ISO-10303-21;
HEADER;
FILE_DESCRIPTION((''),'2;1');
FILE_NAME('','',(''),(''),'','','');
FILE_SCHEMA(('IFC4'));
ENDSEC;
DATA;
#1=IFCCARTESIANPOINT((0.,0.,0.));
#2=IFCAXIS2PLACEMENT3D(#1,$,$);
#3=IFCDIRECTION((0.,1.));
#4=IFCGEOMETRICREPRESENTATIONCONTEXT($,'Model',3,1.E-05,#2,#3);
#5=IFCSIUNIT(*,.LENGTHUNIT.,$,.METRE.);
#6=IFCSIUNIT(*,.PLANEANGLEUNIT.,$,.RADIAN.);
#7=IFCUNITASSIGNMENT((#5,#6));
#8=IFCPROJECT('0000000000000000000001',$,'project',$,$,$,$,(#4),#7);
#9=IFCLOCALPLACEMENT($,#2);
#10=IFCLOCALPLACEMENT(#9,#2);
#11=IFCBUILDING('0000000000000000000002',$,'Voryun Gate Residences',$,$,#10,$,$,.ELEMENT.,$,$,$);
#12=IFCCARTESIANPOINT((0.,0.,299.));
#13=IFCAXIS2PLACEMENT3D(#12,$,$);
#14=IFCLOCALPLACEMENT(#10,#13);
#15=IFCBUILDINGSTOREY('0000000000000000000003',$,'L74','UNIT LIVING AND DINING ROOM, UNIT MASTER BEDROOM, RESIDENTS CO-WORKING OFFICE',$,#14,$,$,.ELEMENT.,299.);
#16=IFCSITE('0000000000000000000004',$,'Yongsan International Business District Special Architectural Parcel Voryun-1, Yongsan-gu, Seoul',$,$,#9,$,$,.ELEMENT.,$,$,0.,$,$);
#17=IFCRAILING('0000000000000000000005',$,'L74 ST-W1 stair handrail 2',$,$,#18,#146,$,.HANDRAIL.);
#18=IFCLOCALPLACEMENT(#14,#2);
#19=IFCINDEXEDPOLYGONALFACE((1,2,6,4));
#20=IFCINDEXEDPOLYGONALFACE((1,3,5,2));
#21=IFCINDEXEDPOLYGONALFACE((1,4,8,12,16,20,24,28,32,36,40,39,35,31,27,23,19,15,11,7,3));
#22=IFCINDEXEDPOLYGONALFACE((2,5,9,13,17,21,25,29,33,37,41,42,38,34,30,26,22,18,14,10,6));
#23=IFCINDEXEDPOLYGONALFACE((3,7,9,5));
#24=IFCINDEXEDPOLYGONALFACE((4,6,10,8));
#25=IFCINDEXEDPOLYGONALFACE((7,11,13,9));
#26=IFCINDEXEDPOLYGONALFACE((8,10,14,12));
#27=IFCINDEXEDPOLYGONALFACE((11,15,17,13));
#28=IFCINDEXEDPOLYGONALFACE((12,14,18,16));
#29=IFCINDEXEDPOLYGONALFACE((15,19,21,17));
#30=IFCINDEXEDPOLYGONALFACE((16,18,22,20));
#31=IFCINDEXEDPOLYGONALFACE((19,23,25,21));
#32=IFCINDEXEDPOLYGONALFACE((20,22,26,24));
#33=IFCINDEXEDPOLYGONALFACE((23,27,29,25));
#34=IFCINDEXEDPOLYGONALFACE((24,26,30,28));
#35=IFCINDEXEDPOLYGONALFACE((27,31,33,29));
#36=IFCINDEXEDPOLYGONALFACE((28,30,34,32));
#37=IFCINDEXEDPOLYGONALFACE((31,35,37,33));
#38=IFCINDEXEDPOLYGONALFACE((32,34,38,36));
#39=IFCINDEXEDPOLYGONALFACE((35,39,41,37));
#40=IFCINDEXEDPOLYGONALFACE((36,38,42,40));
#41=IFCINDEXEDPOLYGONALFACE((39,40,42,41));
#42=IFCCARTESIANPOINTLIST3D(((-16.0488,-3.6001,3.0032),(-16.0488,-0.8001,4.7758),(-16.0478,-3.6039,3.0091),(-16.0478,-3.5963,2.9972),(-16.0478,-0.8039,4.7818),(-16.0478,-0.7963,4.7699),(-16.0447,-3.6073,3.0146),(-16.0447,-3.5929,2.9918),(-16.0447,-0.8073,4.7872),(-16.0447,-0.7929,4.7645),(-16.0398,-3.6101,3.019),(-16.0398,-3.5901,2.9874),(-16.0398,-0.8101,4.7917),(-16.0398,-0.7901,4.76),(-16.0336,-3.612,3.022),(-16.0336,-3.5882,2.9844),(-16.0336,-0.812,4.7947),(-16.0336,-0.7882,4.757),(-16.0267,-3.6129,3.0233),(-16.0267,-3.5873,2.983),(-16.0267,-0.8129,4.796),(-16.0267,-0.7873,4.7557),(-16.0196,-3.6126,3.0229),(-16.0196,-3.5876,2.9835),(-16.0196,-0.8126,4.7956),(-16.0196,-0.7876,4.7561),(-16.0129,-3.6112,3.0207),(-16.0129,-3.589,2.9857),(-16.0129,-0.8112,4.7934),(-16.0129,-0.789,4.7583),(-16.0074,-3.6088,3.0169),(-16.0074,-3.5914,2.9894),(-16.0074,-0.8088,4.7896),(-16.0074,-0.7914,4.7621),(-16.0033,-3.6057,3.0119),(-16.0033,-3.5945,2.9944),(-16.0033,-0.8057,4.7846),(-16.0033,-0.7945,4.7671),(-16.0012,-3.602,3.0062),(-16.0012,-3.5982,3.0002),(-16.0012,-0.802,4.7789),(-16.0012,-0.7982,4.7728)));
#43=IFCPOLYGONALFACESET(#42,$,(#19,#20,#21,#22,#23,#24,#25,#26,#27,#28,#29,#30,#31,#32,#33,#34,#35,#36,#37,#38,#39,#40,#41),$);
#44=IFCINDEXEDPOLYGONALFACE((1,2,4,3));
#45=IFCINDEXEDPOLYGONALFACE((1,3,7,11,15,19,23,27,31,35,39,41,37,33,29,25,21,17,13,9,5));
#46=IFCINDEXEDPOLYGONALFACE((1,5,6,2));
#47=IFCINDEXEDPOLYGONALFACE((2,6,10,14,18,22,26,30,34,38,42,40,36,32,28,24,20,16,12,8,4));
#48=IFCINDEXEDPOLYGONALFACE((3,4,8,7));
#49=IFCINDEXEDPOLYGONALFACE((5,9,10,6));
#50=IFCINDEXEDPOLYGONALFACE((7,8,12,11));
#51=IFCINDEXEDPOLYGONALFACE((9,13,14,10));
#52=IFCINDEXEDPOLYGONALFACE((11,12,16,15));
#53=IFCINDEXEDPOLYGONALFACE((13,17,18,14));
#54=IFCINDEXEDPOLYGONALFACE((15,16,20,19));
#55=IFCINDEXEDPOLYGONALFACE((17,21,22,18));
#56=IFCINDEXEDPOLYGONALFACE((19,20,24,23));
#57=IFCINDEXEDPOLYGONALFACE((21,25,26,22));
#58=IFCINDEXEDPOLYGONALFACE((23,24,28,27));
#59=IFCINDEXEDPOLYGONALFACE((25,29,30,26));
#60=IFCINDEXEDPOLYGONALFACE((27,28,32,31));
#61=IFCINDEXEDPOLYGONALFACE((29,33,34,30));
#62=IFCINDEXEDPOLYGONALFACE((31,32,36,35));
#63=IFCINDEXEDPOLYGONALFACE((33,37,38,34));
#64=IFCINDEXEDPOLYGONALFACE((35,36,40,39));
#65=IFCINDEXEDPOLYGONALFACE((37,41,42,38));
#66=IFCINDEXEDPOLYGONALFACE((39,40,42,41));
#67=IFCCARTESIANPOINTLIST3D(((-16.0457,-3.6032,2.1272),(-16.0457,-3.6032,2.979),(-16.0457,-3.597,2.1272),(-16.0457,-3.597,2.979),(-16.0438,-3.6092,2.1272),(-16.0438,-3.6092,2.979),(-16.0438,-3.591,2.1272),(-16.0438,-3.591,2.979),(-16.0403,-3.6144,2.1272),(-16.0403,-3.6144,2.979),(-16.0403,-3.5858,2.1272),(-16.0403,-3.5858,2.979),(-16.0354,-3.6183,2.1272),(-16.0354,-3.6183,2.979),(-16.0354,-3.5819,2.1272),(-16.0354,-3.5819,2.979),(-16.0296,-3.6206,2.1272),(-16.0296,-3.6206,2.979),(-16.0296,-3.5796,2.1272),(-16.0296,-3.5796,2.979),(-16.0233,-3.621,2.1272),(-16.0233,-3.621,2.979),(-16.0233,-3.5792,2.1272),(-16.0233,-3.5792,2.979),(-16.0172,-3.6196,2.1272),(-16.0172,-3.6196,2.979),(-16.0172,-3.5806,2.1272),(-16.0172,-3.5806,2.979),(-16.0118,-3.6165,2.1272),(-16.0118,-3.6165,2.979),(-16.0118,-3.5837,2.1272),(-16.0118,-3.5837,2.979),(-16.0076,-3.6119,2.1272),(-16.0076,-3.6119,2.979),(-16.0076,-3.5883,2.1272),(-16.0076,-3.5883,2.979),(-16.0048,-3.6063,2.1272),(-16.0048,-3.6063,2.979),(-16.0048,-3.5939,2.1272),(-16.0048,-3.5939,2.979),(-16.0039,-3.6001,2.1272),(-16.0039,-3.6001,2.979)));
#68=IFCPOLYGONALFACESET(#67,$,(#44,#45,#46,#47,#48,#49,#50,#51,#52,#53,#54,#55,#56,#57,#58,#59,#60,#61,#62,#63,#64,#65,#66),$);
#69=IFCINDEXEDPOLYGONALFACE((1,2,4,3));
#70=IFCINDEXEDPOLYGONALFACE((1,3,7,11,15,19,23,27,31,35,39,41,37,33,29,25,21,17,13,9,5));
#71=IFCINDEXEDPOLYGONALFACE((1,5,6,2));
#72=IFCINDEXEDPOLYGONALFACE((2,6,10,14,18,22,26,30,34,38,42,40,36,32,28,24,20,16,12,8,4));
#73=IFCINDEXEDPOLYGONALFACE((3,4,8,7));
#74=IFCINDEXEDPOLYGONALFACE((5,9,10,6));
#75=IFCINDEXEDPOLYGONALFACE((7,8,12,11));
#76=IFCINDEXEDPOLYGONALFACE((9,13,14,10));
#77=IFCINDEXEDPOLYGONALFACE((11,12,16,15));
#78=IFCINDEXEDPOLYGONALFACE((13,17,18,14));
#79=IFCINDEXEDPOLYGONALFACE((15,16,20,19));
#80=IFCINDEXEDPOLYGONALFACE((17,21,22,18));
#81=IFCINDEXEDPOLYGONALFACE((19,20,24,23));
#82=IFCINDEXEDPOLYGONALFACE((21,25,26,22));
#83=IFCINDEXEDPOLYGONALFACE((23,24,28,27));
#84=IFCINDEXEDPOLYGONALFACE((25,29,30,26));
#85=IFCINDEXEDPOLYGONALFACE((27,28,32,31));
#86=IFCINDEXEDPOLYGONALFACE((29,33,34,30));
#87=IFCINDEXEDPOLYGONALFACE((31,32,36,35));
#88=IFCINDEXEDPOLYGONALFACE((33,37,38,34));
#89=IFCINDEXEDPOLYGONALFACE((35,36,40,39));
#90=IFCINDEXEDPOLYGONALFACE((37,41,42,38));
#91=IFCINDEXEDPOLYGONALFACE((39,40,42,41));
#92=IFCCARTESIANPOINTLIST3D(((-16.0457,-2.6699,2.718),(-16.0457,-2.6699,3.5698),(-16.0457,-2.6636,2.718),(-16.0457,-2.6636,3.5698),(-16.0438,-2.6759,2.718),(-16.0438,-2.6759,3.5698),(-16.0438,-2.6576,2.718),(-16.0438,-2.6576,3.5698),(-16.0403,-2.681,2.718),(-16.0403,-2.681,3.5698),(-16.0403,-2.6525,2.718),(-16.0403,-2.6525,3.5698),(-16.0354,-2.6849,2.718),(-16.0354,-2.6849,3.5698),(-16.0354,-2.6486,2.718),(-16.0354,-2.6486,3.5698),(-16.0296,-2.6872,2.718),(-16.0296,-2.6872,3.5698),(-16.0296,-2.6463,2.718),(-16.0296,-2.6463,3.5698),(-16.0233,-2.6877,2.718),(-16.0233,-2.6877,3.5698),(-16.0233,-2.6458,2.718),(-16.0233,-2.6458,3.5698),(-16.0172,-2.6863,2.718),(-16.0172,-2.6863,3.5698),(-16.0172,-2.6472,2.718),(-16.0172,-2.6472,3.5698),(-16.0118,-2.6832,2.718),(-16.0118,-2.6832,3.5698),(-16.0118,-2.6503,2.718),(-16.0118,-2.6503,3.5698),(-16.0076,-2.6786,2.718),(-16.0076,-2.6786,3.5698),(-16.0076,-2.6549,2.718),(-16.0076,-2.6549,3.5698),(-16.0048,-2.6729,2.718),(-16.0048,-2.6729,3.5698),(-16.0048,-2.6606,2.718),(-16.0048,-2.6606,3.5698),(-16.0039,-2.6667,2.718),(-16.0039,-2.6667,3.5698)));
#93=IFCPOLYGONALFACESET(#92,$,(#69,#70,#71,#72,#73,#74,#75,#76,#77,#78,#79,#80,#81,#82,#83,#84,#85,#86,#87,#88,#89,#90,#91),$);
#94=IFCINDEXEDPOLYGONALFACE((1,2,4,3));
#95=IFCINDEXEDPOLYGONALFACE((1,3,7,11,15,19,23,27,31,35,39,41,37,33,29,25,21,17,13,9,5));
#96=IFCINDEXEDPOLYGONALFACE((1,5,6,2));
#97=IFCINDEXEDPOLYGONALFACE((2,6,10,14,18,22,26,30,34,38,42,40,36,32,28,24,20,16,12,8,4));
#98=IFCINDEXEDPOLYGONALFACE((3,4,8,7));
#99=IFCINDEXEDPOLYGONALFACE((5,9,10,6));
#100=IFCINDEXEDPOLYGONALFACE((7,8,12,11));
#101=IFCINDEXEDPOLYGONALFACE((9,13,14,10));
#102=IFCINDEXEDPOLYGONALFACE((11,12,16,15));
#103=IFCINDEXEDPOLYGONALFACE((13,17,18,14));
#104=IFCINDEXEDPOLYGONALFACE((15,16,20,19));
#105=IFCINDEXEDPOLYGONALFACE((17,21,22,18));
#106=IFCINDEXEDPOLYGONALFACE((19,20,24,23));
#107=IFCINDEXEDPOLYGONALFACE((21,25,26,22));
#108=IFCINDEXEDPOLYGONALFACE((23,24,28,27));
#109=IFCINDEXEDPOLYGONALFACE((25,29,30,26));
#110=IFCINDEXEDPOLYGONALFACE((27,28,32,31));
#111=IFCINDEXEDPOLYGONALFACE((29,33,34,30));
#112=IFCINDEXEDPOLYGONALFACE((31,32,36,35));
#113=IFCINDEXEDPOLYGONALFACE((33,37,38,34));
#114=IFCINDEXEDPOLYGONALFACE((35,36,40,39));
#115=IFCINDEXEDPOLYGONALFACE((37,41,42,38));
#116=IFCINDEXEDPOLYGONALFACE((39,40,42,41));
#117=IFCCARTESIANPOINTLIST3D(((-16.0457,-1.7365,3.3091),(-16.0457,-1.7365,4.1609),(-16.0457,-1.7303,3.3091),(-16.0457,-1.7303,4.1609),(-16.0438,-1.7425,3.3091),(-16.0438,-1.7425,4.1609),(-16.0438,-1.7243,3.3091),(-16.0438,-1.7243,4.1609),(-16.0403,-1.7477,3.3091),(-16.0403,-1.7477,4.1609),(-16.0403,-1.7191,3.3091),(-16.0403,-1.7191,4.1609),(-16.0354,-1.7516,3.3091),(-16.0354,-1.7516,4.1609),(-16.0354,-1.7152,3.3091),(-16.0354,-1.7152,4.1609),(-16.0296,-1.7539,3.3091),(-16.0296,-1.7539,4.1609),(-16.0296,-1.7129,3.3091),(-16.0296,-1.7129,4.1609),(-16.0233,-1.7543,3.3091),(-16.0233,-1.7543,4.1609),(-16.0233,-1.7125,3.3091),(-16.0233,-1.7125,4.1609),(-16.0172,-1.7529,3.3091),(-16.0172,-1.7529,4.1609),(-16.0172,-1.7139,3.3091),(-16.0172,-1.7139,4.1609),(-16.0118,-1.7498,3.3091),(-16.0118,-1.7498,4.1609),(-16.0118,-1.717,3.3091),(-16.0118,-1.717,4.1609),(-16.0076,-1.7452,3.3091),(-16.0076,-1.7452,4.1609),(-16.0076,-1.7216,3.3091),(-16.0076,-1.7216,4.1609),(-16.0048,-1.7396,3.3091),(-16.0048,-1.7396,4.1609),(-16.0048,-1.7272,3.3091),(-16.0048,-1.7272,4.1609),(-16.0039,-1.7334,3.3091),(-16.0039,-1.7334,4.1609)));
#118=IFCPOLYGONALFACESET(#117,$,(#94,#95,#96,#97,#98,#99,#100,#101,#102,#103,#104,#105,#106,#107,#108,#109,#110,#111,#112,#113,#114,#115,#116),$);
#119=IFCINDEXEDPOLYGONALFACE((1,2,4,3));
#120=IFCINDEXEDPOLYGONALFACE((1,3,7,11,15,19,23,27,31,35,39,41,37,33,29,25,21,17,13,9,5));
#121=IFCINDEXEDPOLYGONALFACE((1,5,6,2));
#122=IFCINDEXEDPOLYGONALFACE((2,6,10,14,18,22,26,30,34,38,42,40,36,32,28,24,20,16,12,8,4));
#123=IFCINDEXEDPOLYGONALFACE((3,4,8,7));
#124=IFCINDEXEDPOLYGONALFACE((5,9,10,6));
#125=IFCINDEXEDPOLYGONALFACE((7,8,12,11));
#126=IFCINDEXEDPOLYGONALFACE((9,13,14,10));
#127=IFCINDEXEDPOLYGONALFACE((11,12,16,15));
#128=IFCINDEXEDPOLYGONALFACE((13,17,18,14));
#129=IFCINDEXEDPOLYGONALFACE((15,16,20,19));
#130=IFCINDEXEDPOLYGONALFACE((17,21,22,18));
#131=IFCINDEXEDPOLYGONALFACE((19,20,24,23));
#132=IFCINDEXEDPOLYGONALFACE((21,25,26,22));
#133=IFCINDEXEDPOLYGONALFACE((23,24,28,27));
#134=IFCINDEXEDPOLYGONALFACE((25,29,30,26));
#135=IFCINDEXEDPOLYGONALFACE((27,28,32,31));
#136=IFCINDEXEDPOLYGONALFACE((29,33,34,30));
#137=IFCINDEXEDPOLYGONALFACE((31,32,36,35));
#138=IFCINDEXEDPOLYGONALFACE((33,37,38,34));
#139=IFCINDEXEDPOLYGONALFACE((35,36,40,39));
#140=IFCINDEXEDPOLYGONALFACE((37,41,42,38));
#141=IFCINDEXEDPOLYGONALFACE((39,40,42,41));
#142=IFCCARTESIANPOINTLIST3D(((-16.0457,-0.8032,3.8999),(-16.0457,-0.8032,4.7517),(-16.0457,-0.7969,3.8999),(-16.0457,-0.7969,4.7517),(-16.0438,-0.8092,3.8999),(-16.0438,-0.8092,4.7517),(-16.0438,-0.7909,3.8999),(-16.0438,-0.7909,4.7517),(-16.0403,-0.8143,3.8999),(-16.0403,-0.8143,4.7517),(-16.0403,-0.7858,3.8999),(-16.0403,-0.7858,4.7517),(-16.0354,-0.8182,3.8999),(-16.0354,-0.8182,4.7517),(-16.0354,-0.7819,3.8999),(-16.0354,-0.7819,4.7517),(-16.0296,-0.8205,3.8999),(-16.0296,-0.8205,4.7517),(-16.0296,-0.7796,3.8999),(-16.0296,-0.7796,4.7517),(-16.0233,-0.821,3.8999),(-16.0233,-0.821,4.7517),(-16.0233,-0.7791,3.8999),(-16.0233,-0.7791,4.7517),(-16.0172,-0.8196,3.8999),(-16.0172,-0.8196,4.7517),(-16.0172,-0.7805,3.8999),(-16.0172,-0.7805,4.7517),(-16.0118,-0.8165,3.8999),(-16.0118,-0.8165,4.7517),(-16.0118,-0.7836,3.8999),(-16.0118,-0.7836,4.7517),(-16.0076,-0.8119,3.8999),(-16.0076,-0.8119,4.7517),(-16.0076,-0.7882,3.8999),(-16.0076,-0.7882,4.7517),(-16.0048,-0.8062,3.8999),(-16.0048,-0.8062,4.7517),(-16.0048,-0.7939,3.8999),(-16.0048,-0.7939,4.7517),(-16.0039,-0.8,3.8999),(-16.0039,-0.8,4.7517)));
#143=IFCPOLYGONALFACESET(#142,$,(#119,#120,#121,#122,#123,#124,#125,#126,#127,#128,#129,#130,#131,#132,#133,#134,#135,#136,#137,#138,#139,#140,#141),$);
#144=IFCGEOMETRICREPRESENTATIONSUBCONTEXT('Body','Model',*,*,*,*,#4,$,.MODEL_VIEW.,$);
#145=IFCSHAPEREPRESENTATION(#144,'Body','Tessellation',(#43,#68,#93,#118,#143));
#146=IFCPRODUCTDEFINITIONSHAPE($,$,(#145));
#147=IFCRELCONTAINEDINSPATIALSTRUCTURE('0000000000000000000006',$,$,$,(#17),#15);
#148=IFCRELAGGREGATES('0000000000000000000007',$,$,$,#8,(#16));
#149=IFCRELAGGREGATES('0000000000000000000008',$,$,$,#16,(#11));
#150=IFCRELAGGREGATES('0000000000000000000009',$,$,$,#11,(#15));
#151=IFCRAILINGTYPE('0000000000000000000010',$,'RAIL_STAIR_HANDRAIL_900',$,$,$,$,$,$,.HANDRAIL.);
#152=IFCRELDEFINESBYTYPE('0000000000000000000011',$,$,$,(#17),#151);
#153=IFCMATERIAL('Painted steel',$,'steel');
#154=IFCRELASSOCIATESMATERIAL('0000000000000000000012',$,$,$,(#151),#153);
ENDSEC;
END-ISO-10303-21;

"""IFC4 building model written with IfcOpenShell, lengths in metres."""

from ifc_helpers import new_model, si_unit, direction, frame, origin, origin_2d, place, context, subcontext, project, spatial, circle, extrude, material, type_object, element, save


model = new_model("IFC4")

# Units and contexts
model_context = context("Model", 3, precision=1e-05, world=origin(), true_north=direction((0.0, 1.0)))
body_context = subcontext(model_context, "Body", "Model", "MODEL_VIEW")
ifc_project = project(units=[si_unit("LENGTHUNIT", "METRE"), si_unit("PLANEANGLEUNIT", "RADIAN")], contexts=[model_context])

# Site, building, storey
site_placement = place(None, origin())
site = spatial("IfcSite", under=ifc_project, at=site_placement, Name="Yongsan International Business District Special Architectural Parcel Voryun-1, Yongsan-gu, Seoul", CompositionType="ELEMENT", RefElevation=0.0)
building_placement = place(site_placement, origin())
building = spatial("IfcBuilding", under=site, at=building_placement, Name="Voryun Gate Residences", CompositionType="ELEMENT")
storey_placement = place(building_placement, frame((0.0, 0.0, 299.0)))
storey = spatial("IfcBuildingStorey", under=building, at=storey_placement, Name="L74", Description="UNIT LIVING AND DINING ROOM, UNIT MASTER BEDROOM, RESIDENTS CO-WORKING OFFICE", CompositionType="ELEMENT", Elevation=299.0)

# Railing
ifc_material_1 = material(Name="Painted steel", Category="steel")
railing_type_1 = type_object("IfcRailingType", Name="RAIL_STAIR_HANDRAIL_900", PredefinedType="HANDRAIL", material=ifc_material_1)
railing_1_placement = place(storey_placement, frame((-16.0249, -3.6001, 2.1272)))
element("IfcRailing", 1, at=railing_1_placement, inside=storey, type_object=railing_type_1, Name="L74 ST-W1 stair handrail 2", PredefinedType="HANDRAIL", context=body_context, shape_type="SweptSolid", body=[
    extrude(circle(Radius=0.0239, at=origin_2d()), frame((0.0, 0.0, 0.876), z_axis=(0.0, 0.844909, 0.53491), x_axis=(-1.0, 0.0, 0.0)), (0.0, 0.0, 1.0), 3.314),
    extrude(circle(Radius=0.021, at=origin_2d()), origin(), (0.0, 0.0, 1.0), 0.8518),
    extrude(circle(Radius=0.021, at=origin_2d()), frame((0.0, 0.9333, 0.5908)), (0.0, 0.0, 1.0), 0.8518),
    extrude(circle(Radius=0.021, at=origin_2d()), frame((0.0, 1.8667, 1.1819)), (0.0, 0.0, 1.0), 0.8518),
    extrude(circle(Radius=0.021, at=origin_2d()), frame((0.0, 2.8, 1.7727)), (0.0, 0.0, 1.0), 0.8518),
])

save(model, "model.ifc")
